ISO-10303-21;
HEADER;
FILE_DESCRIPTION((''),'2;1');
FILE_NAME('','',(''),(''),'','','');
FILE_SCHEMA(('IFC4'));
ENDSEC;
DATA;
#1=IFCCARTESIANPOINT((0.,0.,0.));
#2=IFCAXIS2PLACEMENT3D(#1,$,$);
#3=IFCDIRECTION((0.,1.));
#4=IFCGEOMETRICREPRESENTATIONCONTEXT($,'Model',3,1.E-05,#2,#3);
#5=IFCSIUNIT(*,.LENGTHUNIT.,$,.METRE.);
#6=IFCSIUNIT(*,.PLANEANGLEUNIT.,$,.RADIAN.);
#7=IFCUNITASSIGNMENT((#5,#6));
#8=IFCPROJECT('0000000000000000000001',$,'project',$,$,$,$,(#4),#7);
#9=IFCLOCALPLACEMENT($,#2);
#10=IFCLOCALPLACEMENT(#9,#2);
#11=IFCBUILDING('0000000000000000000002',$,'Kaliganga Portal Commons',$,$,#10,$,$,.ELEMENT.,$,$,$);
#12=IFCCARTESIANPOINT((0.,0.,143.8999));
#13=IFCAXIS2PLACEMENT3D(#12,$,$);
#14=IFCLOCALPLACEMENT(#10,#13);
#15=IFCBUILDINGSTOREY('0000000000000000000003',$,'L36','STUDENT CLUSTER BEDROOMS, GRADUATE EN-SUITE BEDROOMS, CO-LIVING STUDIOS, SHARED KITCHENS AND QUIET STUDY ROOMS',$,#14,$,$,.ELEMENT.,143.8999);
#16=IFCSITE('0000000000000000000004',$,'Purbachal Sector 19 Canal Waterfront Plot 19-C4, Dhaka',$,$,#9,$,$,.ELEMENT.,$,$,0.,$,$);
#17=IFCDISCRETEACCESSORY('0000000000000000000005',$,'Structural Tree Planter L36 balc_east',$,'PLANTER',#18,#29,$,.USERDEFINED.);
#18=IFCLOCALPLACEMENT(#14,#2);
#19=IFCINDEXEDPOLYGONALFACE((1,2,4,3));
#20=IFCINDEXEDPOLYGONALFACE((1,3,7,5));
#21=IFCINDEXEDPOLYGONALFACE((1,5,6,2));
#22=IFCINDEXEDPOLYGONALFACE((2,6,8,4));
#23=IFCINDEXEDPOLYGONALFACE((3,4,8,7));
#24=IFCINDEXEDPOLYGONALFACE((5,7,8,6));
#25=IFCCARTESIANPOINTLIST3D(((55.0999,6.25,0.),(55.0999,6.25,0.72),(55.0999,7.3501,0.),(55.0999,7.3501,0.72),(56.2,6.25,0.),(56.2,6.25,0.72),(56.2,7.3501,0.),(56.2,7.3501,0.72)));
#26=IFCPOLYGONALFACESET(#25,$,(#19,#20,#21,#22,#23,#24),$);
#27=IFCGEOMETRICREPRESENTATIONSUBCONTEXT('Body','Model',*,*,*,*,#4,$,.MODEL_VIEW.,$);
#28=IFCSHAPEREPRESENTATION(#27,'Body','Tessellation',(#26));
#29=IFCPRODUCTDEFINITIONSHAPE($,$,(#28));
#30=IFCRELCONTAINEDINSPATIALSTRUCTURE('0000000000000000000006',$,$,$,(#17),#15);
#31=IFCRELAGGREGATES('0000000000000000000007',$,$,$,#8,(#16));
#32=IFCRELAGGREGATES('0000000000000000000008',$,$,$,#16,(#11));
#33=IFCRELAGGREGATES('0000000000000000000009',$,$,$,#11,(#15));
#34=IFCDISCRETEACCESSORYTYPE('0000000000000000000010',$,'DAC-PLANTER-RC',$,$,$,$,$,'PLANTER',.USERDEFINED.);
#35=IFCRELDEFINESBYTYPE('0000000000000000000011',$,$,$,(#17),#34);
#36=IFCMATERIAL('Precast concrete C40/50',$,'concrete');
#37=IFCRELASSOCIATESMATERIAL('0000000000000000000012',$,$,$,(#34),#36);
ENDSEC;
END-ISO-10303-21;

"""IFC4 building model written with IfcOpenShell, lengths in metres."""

from ifc_helpers import new_model, si_unit, direction, frame, origin, origin_2d, place, context, subcontext, project, spatial, rectangle, extrude, source, transform, mapped, material, type_object, element, save


model = new_model("IFC4")

# Units and contexts
model_context = context("Model", 3, precision=1e-05, world=origin(), true_north=direction((0.0, 1.0)))
body_context = subcontext(model_context, "Body", "Model", "MODEL_VIEW")
ifc_project = project(units=[si_unit("LENGTHUNIT", "METRE"), si_unit("PLANEANGLEUNIT", "RADIAN")], contexts=[model_context])

# Site, building, storey
site_placement = place(None, origin())
site = spatial("IfcSite", under=ifc_project, at=site_placement, Name="Purbachal Sector 19 Canal Waterfront Plot 19-C4, Dhaka", CompositionType="ELEMENT", RefElevation=0.0)
building_placement = place(site_placement, origin())
building = spatial("IfcBuilding", under=site, at=building_placement, Name="Kaliganga Portal Commons", CompositionType="ELEMENT")
storey_placement = place(building_placement, frame((0.0, 0.0, 143.8999)))
storey = spatial("IfcBuildingStorey", under=building, at=storey_placement, Name="L36", Description="STUDENT CLUSTER BEDROOMS, GRADUATE EN-SUITE BEDROOMS, CO-LIVING STUDIOS, SHARED KITCHENS AND QUIET STUDY ROOMS", CompositionType="ELEMENT", Elevation=143.8999)

# Discrete accessory
ifc_material_1 = material(Name="Precast concrete C40/50", Category="concrete")
discrete_accessory_type = type_object("IfcDiscreteAccessoryType", Name="DAC-PLANTER-RC", ElementType="PLANTER", PredefinedType="USERDEFINED", material=ifc_material_1)
shared_shape_1 = source(origin(), body_context, "Body", "SweptSolid", [
    extrude(rectangle(XDim=1.1001, YDim=1.1001, at=origin_2d()), origin(), (0.0, 0.0, 1.0), 0.72),
])
discrete_accessory_placement = place(storey_placement, frame((55.6499, 6.8, 0.0), z_axis=(0.0, 0.0, 1.0), x_axis=(1.0, 0.0, 0.0)))
element("IfcDiscreteAccessory", 1, at=discrete_accessory_placement, inside=storey, type_object=discrete_accessory_type, Name="Structural Tree Planter L36 balc_east", ObjectType="PLANTER", PredefinedType="USERDEFINED", context=body_context, shape_type="MappedRepresentation", body=[
    mapped(shared_shape_1, transform((0.0, 0.0, 0.0), x_axis=(1.0, 0.0, 0.0), y_axis=(0.0, 1.0, 0.0), z_axis=(0.0, 0.0, 1.0), scale=1.0)),
])

save(model, "model.ifc")
